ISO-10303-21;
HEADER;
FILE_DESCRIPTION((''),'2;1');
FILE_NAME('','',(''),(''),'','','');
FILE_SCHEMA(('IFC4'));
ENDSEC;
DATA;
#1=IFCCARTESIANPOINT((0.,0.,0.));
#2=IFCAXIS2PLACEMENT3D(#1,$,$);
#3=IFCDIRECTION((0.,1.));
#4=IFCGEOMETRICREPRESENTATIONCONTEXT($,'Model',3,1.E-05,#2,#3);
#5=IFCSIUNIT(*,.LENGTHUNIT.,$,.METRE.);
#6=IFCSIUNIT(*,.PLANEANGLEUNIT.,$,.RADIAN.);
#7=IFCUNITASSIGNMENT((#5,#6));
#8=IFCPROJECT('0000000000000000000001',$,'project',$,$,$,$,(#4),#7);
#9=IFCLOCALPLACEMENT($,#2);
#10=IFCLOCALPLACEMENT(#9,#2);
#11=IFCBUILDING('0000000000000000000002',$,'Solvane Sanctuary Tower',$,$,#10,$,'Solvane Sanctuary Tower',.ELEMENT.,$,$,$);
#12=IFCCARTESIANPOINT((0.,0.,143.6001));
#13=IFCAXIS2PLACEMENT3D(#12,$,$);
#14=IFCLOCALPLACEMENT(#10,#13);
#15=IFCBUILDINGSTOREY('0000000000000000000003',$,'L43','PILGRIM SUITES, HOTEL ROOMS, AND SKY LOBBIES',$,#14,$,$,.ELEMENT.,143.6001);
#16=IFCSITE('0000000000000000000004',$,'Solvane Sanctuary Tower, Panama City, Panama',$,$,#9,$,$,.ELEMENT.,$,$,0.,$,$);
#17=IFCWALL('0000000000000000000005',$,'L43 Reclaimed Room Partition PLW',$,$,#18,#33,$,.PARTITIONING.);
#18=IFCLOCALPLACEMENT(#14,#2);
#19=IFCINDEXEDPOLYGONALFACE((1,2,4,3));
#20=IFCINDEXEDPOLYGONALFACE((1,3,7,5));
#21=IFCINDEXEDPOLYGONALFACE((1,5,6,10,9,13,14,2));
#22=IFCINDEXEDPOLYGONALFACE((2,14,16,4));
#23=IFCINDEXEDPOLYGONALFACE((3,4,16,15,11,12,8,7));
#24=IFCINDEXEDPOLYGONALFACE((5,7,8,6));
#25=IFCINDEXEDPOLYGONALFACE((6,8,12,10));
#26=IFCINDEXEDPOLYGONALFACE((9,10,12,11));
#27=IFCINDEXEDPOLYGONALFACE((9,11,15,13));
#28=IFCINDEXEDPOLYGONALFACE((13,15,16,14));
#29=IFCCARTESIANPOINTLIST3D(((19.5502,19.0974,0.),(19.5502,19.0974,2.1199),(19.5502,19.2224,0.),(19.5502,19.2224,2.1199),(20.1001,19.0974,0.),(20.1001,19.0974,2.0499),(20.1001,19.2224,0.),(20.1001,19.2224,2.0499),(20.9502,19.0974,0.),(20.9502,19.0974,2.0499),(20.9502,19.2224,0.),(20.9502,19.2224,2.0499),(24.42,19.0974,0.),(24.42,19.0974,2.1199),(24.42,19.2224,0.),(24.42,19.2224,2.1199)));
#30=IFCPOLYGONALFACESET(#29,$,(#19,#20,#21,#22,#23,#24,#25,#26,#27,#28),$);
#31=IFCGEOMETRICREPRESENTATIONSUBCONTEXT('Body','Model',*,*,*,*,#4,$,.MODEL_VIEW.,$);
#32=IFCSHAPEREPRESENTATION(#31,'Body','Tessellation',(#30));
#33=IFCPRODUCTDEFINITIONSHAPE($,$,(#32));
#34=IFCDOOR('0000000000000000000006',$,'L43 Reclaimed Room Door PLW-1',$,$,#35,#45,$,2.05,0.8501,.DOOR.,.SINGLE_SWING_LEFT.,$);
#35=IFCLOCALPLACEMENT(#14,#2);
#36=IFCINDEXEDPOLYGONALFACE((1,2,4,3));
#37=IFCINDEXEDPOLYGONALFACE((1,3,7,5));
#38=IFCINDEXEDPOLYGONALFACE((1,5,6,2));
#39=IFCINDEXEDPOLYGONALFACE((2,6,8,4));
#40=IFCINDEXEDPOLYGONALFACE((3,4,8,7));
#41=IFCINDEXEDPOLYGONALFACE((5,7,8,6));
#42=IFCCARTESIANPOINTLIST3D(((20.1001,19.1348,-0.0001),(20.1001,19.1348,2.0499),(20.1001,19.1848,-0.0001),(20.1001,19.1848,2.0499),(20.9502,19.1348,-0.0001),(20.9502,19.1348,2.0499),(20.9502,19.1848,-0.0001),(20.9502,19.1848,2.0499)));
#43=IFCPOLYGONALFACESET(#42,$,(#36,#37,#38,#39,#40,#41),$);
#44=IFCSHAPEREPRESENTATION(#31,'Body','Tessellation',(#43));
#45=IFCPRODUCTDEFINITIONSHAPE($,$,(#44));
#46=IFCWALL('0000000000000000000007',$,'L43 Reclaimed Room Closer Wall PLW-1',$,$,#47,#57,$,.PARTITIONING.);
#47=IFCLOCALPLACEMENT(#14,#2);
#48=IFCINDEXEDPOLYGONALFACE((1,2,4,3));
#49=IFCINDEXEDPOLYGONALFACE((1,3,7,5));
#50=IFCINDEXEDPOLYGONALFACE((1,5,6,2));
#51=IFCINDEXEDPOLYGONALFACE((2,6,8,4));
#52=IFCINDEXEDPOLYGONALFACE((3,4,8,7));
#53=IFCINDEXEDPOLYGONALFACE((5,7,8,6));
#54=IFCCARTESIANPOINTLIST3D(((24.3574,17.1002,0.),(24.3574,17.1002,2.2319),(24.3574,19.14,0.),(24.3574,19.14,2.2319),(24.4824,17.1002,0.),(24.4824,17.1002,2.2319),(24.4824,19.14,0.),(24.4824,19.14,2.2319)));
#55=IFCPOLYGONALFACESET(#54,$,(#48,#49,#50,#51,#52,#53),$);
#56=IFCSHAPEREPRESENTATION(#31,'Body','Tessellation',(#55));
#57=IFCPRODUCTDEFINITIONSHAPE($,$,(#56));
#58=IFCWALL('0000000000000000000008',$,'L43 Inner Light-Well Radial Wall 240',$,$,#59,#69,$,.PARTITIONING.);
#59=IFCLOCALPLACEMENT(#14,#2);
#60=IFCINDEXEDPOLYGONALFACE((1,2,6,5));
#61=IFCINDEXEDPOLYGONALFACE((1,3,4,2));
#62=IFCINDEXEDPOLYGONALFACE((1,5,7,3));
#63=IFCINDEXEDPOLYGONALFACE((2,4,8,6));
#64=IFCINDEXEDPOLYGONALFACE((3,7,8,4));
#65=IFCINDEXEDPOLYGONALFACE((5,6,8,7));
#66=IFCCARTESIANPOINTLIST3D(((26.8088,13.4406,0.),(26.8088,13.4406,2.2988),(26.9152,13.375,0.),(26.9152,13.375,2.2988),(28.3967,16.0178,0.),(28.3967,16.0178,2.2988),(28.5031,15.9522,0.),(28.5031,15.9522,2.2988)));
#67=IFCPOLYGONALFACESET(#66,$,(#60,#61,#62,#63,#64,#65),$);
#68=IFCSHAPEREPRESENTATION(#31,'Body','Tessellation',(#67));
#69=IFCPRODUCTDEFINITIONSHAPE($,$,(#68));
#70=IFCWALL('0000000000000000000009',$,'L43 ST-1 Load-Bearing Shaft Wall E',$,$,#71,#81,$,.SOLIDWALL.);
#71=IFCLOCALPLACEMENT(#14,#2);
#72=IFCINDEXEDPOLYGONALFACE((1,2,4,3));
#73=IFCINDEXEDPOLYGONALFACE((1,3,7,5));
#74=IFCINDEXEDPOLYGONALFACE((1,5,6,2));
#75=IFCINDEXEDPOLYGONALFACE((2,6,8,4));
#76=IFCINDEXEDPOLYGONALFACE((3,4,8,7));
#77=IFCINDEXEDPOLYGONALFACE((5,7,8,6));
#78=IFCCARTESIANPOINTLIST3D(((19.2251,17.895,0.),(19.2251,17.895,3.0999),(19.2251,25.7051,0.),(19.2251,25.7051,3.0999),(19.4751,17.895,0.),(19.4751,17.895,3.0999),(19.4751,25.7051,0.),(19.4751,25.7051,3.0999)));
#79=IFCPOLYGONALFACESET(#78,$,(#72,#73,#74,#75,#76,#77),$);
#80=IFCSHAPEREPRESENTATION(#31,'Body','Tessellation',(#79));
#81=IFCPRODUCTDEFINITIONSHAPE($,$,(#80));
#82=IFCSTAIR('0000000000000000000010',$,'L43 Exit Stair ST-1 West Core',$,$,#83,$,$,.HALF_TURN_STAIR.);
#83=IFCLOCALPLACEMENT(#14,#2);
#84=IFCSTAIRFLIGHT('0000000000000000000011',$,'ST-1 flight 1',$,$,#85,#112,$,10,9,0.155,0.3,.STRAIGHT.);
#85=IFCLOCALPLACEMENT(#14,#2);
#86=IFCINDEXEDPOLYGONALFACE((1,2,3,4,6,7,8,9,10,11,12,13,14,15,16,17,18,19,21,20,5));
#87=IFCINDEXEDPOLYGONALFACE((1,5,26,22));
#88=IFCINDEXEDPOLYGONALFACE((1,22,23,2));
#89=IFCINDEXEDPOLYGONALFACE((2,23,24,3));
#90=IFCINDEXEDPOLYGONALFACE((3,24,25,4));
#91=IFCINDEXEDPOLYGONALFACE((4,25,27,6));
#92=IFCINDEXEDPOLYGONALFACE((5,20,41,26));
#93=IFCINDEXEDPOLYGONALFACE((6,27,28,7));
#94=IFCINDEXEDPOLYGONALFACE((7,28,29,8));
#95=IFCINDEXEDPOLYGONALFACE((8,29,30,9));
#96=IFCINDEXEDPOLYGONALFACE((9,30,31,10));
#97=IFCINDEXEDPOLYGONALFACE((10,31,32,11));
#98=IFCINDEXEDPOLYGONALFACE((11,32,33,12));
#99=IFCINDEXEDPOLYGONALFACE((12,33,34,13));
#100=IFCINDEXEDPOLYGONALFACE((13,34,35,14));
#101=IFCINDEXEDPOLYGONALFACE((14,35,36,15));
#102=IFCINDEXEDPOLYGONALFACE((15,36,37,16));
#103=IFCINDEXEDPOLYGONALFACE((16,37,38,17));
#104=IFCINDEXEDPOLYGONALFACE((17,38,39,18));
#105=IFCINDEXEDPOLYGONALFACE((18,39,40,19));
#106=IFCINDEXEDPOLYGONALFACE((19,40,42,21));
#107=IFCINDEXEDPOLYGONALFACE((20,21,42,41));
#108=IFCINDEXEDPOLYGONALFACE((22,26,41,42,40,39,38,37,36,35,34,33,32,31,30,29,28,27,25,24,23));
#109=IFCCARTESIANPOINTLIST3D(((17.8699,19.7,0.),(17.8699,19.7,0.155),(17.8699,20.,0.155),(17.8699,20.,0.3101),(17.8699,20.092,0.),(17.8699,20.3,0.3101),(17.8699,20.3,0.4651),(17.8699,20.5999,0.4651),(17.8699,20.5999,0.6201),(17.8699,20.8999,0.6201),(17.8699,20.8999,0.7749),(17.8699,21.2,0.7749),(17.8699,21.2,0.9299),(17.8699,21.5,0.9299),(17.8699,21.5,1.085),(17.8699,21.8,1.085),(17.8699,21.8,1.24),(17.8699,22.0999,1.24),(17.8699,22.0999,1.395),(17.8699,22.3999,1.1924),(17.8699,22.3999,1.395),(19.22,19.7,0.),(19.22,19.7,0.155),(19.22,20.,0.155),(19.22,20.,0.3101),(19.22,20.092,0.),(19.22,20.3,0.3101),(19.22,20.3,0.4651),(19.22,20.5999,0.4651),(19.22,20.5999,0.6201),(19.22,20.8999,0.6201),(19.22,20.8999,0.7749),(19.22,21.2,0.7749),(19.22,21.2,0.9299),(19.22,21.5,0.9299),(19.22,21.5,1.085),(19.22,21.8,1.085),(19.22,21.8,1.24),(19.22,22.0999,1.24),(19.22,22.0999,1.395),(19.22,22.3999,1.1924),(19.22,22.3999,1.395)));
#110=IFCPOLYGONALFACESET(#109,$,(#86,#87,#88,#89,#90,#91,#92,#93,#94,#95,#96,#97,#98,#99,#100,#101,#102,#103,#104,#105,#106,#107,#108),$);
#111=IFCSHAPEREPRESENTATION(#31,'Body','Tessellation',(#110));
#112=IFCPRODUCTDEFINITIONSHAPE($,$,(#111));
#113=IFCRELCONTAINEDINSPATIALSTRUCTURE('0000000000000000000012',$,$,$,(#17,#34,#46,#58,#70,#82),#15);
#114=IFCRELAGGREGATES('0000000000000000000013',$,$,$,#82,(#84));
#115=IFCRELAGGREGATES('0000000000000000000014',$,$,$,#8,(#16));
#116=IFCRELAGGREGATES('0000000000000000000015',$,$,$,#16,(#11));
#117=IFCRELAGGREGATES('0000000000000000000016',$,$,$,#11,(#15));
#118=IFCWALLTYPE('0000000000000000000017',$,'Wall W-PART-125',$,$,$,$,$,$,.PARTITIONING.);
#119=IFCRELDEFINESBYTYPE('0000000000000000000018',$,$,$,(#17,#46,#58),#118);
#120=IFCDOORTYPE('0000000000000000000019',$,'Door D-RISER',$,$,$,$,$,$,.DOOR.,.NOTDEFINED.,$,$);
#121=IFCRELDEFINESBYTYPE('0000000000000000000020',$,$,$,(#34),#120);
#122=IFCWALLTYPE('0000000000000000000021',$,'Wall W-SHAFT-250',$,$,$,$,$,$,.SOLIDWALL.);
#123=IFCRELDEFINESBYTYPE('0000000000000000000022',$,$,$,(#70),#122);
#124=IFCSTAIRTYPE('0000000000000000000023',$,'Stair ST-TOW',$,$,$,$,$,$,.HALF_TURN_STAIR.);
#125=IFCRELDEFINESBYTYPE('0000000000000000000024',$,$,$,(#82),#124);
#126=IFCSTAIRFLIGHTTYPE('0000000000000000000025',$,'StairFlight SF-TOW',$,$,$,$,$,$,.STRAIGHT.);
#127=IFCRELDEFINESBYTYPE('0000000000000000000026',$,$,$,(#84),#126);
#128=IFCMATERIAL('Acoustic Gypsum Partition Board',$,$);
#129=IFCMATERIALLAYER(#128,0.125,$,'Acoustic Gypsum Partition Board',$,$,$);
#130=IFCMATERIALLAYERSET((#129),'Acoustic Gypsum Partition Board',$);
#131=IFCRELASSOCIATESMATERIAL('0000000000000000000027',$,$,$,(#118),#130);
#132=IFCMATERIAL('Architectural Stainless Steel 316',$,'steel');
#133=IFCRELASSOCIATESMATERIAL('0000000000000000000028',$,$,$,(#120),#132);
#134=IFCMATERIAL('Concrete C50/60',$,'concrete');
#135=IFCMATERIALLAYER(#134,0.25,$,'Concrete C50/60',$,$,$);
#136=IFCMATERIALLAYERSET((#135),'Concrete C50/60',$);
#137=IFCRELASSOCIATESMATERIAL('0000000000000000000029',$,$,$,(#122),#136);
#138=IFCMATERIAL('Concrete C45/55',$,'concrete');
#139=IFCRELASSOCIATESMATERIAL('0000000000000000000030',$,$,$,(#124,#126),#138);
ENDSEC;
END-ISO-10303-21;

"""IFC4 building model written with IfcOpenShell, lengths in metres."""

from ifc_helpers import new_model, si_unit, direction, frame, frame_2d, origin, place, context, subcontext, project, spatial, polyline, rectangle, outline, extrude, material, layer, layer_set, type_object, element, fill, aggregate, save


model = new_model("IFC4")

# Units and contexts
model_context = context("Model", 3, precision=1e-05, world=origin(), true_north=direction((0.0, 1.0)))
body_context = subcontext(model_context, "Body", "Model", "MODEL_VIEW")
ifc_project = project(units=[si_unit("LENGTHUNIT", "METRE"), si_unit("PLANEANGLEUNIT", "RADIAN")], contexts=[model_context])

# Site, building, storey
site_placement = place(None, origin())
site = spatial("IfcSite", under=ifc_project, at=site_placement, Name="Solvane Sanctuary Tower, Panama City, Panama", CompositionType="ELEMENT", RefElevation=0.0)
building_placement = place(site_placement, origin())
building = spatial("IfcBuilding", under=site, at=building_placement, Name="Solvane Sanctuary Tower", LongName="Solvane Sanctuary Tower", CompositionType="ELEMENT")
storey_placement = place(building_placement, frame((0.0, 0.0, 143.6001)))
storey = spatial("IfcBuildingStorey", under=building, at=storey_placement, Name="L43", Description="PILGRIM SUITES, HOTEL ROOMS, AND SKY LOBBIES", CompositionType="ELEMENT", Elevation=143.6001)

# Shared definitions
ifc_material_1 = material(Name="Concrete C50/60", Category="concrete")

# Wall, opening, door
ifc_material_2 = material(Name="Acoustic Gypsum Partition Board")
ifc_layer_1 = layer(ifc_material_2, 0.125, Name="Acoustic Gypsum Partition Board")
ifc_layer_set_1 = layer_set([ifc_layer_1], Name="Acoustic Gypsum Partition Board")
wall_type_1 = type_object("IfcWallType", Name="Wall W-PART-125", PredefinedType="PARTITIONING", material=ifc_layer_set_1)
wall_1_placement = place(storey_placement, frame((19.55, 19.1599, 0.0), z_axis=(0.0, 0.0, 1.0), x_axis=(1.0, 0.0, 0.0)))
wall_1 = element("IfcWall", 1, at=wall_1_placement, inside=storey, type_object=wall_type_1, Name="L43 Reclaimed Room Partition PLW", PredefinedType="PARTITIONING", context=body_context, shape_type="SweptSolid", body=[
    extrude(rectangle(XDim=4.8699, YDim=0.125, at=frame_2d((2.4351, 0.0))), origin(), (0.0, 0.0, 1.0), 2.1199),
])
opening_1_placement = place(wall_1_placement, frame((0.55, 0.0, 0.0)))
opening_1 = element("IfcOpeningElement", 2, at=opening_1_placement, cuts=wall_1, PredefinedType="OPENING", context=body_context, shape_type="SweptSolid", body=[
    extrude(rectangle(XDim=0.8501, YDim=2.05, at=frame_2d((0.425, 1.0249))), frame((0.0, 0.0725, 0.0), z_axis=(0.0, -1.0, 0.0), x_axis=(1.0, 0.0, 0.0)), (0.0, 0.0, 1.0), 0.145),
])
ifc_material_3 = material(Name="Architectural Stainless Steel 316", Category="steel")
door_type = type_object("IfcDoorType", Name="Door D-RISER", OperationType="NOTDEFINED", PredefinedType="DOOR", material=ifc_material_3)
door_placement = place(opening_1_placement, origin())
door = element("IfcDoor", 3, at=door_placement, inside=storey, type_object=door_type, Name="L43 Reclaimed Room Door PLW-1", OperationType="SINGLE_SWING_LEFT", OverallHeight=2.05, OverallWidth=0.8501, PredefinedType="DOOR", context=body_context, shape_type="SweptSolid", body=[
    extrude(rectangle(XDim=0.8501, YDim=2.05, at=frame_2d((0.425, 1.0249))), frame((0.0, 0.0249, 0.0), z_axis=(0.0, -1.0, 0.0), x_axis=(1.0, 0.0, 0.0)), (0.0, 0.0, 1.0), 0.05),
])
fill(opening_1, door)

# Walls
wall_2_placement = place(storey_placement, frame((24.4199, 17.1001, 0.0), z_axis=(0.0, 0.0, 1.0), x_axis=(0.0, 1.0, 0.0)))
element("IfcWall", 4, at=wall_2_placement, inside=storey, type_object=wall_type_1, Name="L43 Reclaimed Room Closer Wall PLW-1", PredefinedType="PARTITIONING", context=body_context, shape_type="SweptSolid", body=[
    extrude(rectangle(XDim=2.0398, YDim=0.125, at=frame_2d((1.02, 0.0))), origin(), (0.0, 0.0, 1.0), 2.2319),
])
wall_3_placement = place(storey_placement, frame((28.45, 15.9851, 0.0), z_axis=(0.0, 0.0, 1.0), x_axis=(-0.524565, -0.85137, 0.0)))
element("IfcWall", 5, at=wall_3_placement, inside=storey, type_object=wall_type_1, Name="L43 Inner Light-Well Radial Wall 240", PredefinedType="PARTITIONING", context=body_context, shape_type="SweptSolid", body=[
    extrude(rectangle(XDim=3.0271, YDim=0.125, at=frame_2d((1.5137, 0.0))), origin(), (0.0, 0.0, 1.0), 2.2988),
])
ifc_layer_2 = layer(ifc_material_1, 0.25, Name="Concrete C50/60")
ifc_layer_set_2 = layer_set([ifc_layer_2], Name="Concrete C50/60")
wall_type_2 = type_object("IfcWallType", Name="Wall W-SHAFT-250", PredefinedType="SOLIDWALL", material=ifc_layer_set_2)
wall_4_placement = place(storey_placement, frame((19.3501, 17.895, 0.0), z_axis=(0.0, 0.0, 1.0), x_axis=(0.0, 1.0, 0.0)))
element("IfcWall", 6, at=wall_4_placement, inside=storey, type_object=wall_type_2, Name="L43 ST-1 Load-Bearing Shaft Wall E", PredefinedType="SOLIDWALL", context=body_context, shape_type="SweptSolid", body=[
    extrude(rectangle(XDim=7.8101, YDim=0.25, at=frame_2d((3.905, 0.0))), origin(), (0.0, 0.0, 1.0), 3.0999),
])

# Stair, stair flight
ifc_material_4 = material(Name="Concrete C45/55", Category="concrete")
stair_type = type_object("IfcStairType", Name="Stair ST-TOW", PredefinedType="HALF_TURN_STAIR", material=ifc_material_4)
stair_placement = place(storey_placement, origin())
stair = element("IfcStair", 7, at=stair_placement, inside=storey, type_object=stair_type, Name="L43 Exit Stair ST-1 West Core", PredefinedType="HALF_TURN_STAIR")
stair_flight_type = type_object("IfcStairFlightType", Name="StairFlight SF-TOW", PredefinedType="STRAIGHT", material=ifc_material_4)
stair_flight_placement = place(storey_placement, frame((18.5449, 19.7, 0.0), z_axis=(0.0, 0.0, 1.0), x_axis=(0.0, 1.0, 0.0)))
stair_flight = element("IfcStairFlight", 8, at=stair_flight_placement, type_object=stair_flight_type, Name="ST-1 flight 1", NumberOfRisers=10, NumberOfTreads=9, PredefinedType="STRAIGHT", RiserHeight=0.155, TreadLength=0.3, context=body_context, shape_type="SweptSolid", body=[
    extrude(outline(polyline([(0.0, 0.0), (0.0, 0.155), (0.3, 0.155), (0.3, 0.3101), (0.6001, 0.3101), (0.6001, 0.4651), (0.8999, 0.4651), (0.8999, 0.6201), (1.2, 0.6201), (1.2, 0.7749), (1.5, 0.7749), (1.5, 0.9299), (1.8, 0.9299), (1.8, 1.085), (2.1001, 1.085), (2.1001, 1.24), (2.3999, 1.24), (2.3999, 1.395), (2.7, 1.395), (2.7, 1.55), (2.7, 1.1924), (0.3921, 0.0), (0.0, 0.0)])), frame((0.0, 0.675, 0.0), z_axis=(0.0, -1.0, 0.0), x_axis=(1.0, 0.0, 0.0)), (0.0, 0.0, 1.0), 1.3501),
])
aggregate(stair, [stair_flight])

save(model, "model.ifc")
